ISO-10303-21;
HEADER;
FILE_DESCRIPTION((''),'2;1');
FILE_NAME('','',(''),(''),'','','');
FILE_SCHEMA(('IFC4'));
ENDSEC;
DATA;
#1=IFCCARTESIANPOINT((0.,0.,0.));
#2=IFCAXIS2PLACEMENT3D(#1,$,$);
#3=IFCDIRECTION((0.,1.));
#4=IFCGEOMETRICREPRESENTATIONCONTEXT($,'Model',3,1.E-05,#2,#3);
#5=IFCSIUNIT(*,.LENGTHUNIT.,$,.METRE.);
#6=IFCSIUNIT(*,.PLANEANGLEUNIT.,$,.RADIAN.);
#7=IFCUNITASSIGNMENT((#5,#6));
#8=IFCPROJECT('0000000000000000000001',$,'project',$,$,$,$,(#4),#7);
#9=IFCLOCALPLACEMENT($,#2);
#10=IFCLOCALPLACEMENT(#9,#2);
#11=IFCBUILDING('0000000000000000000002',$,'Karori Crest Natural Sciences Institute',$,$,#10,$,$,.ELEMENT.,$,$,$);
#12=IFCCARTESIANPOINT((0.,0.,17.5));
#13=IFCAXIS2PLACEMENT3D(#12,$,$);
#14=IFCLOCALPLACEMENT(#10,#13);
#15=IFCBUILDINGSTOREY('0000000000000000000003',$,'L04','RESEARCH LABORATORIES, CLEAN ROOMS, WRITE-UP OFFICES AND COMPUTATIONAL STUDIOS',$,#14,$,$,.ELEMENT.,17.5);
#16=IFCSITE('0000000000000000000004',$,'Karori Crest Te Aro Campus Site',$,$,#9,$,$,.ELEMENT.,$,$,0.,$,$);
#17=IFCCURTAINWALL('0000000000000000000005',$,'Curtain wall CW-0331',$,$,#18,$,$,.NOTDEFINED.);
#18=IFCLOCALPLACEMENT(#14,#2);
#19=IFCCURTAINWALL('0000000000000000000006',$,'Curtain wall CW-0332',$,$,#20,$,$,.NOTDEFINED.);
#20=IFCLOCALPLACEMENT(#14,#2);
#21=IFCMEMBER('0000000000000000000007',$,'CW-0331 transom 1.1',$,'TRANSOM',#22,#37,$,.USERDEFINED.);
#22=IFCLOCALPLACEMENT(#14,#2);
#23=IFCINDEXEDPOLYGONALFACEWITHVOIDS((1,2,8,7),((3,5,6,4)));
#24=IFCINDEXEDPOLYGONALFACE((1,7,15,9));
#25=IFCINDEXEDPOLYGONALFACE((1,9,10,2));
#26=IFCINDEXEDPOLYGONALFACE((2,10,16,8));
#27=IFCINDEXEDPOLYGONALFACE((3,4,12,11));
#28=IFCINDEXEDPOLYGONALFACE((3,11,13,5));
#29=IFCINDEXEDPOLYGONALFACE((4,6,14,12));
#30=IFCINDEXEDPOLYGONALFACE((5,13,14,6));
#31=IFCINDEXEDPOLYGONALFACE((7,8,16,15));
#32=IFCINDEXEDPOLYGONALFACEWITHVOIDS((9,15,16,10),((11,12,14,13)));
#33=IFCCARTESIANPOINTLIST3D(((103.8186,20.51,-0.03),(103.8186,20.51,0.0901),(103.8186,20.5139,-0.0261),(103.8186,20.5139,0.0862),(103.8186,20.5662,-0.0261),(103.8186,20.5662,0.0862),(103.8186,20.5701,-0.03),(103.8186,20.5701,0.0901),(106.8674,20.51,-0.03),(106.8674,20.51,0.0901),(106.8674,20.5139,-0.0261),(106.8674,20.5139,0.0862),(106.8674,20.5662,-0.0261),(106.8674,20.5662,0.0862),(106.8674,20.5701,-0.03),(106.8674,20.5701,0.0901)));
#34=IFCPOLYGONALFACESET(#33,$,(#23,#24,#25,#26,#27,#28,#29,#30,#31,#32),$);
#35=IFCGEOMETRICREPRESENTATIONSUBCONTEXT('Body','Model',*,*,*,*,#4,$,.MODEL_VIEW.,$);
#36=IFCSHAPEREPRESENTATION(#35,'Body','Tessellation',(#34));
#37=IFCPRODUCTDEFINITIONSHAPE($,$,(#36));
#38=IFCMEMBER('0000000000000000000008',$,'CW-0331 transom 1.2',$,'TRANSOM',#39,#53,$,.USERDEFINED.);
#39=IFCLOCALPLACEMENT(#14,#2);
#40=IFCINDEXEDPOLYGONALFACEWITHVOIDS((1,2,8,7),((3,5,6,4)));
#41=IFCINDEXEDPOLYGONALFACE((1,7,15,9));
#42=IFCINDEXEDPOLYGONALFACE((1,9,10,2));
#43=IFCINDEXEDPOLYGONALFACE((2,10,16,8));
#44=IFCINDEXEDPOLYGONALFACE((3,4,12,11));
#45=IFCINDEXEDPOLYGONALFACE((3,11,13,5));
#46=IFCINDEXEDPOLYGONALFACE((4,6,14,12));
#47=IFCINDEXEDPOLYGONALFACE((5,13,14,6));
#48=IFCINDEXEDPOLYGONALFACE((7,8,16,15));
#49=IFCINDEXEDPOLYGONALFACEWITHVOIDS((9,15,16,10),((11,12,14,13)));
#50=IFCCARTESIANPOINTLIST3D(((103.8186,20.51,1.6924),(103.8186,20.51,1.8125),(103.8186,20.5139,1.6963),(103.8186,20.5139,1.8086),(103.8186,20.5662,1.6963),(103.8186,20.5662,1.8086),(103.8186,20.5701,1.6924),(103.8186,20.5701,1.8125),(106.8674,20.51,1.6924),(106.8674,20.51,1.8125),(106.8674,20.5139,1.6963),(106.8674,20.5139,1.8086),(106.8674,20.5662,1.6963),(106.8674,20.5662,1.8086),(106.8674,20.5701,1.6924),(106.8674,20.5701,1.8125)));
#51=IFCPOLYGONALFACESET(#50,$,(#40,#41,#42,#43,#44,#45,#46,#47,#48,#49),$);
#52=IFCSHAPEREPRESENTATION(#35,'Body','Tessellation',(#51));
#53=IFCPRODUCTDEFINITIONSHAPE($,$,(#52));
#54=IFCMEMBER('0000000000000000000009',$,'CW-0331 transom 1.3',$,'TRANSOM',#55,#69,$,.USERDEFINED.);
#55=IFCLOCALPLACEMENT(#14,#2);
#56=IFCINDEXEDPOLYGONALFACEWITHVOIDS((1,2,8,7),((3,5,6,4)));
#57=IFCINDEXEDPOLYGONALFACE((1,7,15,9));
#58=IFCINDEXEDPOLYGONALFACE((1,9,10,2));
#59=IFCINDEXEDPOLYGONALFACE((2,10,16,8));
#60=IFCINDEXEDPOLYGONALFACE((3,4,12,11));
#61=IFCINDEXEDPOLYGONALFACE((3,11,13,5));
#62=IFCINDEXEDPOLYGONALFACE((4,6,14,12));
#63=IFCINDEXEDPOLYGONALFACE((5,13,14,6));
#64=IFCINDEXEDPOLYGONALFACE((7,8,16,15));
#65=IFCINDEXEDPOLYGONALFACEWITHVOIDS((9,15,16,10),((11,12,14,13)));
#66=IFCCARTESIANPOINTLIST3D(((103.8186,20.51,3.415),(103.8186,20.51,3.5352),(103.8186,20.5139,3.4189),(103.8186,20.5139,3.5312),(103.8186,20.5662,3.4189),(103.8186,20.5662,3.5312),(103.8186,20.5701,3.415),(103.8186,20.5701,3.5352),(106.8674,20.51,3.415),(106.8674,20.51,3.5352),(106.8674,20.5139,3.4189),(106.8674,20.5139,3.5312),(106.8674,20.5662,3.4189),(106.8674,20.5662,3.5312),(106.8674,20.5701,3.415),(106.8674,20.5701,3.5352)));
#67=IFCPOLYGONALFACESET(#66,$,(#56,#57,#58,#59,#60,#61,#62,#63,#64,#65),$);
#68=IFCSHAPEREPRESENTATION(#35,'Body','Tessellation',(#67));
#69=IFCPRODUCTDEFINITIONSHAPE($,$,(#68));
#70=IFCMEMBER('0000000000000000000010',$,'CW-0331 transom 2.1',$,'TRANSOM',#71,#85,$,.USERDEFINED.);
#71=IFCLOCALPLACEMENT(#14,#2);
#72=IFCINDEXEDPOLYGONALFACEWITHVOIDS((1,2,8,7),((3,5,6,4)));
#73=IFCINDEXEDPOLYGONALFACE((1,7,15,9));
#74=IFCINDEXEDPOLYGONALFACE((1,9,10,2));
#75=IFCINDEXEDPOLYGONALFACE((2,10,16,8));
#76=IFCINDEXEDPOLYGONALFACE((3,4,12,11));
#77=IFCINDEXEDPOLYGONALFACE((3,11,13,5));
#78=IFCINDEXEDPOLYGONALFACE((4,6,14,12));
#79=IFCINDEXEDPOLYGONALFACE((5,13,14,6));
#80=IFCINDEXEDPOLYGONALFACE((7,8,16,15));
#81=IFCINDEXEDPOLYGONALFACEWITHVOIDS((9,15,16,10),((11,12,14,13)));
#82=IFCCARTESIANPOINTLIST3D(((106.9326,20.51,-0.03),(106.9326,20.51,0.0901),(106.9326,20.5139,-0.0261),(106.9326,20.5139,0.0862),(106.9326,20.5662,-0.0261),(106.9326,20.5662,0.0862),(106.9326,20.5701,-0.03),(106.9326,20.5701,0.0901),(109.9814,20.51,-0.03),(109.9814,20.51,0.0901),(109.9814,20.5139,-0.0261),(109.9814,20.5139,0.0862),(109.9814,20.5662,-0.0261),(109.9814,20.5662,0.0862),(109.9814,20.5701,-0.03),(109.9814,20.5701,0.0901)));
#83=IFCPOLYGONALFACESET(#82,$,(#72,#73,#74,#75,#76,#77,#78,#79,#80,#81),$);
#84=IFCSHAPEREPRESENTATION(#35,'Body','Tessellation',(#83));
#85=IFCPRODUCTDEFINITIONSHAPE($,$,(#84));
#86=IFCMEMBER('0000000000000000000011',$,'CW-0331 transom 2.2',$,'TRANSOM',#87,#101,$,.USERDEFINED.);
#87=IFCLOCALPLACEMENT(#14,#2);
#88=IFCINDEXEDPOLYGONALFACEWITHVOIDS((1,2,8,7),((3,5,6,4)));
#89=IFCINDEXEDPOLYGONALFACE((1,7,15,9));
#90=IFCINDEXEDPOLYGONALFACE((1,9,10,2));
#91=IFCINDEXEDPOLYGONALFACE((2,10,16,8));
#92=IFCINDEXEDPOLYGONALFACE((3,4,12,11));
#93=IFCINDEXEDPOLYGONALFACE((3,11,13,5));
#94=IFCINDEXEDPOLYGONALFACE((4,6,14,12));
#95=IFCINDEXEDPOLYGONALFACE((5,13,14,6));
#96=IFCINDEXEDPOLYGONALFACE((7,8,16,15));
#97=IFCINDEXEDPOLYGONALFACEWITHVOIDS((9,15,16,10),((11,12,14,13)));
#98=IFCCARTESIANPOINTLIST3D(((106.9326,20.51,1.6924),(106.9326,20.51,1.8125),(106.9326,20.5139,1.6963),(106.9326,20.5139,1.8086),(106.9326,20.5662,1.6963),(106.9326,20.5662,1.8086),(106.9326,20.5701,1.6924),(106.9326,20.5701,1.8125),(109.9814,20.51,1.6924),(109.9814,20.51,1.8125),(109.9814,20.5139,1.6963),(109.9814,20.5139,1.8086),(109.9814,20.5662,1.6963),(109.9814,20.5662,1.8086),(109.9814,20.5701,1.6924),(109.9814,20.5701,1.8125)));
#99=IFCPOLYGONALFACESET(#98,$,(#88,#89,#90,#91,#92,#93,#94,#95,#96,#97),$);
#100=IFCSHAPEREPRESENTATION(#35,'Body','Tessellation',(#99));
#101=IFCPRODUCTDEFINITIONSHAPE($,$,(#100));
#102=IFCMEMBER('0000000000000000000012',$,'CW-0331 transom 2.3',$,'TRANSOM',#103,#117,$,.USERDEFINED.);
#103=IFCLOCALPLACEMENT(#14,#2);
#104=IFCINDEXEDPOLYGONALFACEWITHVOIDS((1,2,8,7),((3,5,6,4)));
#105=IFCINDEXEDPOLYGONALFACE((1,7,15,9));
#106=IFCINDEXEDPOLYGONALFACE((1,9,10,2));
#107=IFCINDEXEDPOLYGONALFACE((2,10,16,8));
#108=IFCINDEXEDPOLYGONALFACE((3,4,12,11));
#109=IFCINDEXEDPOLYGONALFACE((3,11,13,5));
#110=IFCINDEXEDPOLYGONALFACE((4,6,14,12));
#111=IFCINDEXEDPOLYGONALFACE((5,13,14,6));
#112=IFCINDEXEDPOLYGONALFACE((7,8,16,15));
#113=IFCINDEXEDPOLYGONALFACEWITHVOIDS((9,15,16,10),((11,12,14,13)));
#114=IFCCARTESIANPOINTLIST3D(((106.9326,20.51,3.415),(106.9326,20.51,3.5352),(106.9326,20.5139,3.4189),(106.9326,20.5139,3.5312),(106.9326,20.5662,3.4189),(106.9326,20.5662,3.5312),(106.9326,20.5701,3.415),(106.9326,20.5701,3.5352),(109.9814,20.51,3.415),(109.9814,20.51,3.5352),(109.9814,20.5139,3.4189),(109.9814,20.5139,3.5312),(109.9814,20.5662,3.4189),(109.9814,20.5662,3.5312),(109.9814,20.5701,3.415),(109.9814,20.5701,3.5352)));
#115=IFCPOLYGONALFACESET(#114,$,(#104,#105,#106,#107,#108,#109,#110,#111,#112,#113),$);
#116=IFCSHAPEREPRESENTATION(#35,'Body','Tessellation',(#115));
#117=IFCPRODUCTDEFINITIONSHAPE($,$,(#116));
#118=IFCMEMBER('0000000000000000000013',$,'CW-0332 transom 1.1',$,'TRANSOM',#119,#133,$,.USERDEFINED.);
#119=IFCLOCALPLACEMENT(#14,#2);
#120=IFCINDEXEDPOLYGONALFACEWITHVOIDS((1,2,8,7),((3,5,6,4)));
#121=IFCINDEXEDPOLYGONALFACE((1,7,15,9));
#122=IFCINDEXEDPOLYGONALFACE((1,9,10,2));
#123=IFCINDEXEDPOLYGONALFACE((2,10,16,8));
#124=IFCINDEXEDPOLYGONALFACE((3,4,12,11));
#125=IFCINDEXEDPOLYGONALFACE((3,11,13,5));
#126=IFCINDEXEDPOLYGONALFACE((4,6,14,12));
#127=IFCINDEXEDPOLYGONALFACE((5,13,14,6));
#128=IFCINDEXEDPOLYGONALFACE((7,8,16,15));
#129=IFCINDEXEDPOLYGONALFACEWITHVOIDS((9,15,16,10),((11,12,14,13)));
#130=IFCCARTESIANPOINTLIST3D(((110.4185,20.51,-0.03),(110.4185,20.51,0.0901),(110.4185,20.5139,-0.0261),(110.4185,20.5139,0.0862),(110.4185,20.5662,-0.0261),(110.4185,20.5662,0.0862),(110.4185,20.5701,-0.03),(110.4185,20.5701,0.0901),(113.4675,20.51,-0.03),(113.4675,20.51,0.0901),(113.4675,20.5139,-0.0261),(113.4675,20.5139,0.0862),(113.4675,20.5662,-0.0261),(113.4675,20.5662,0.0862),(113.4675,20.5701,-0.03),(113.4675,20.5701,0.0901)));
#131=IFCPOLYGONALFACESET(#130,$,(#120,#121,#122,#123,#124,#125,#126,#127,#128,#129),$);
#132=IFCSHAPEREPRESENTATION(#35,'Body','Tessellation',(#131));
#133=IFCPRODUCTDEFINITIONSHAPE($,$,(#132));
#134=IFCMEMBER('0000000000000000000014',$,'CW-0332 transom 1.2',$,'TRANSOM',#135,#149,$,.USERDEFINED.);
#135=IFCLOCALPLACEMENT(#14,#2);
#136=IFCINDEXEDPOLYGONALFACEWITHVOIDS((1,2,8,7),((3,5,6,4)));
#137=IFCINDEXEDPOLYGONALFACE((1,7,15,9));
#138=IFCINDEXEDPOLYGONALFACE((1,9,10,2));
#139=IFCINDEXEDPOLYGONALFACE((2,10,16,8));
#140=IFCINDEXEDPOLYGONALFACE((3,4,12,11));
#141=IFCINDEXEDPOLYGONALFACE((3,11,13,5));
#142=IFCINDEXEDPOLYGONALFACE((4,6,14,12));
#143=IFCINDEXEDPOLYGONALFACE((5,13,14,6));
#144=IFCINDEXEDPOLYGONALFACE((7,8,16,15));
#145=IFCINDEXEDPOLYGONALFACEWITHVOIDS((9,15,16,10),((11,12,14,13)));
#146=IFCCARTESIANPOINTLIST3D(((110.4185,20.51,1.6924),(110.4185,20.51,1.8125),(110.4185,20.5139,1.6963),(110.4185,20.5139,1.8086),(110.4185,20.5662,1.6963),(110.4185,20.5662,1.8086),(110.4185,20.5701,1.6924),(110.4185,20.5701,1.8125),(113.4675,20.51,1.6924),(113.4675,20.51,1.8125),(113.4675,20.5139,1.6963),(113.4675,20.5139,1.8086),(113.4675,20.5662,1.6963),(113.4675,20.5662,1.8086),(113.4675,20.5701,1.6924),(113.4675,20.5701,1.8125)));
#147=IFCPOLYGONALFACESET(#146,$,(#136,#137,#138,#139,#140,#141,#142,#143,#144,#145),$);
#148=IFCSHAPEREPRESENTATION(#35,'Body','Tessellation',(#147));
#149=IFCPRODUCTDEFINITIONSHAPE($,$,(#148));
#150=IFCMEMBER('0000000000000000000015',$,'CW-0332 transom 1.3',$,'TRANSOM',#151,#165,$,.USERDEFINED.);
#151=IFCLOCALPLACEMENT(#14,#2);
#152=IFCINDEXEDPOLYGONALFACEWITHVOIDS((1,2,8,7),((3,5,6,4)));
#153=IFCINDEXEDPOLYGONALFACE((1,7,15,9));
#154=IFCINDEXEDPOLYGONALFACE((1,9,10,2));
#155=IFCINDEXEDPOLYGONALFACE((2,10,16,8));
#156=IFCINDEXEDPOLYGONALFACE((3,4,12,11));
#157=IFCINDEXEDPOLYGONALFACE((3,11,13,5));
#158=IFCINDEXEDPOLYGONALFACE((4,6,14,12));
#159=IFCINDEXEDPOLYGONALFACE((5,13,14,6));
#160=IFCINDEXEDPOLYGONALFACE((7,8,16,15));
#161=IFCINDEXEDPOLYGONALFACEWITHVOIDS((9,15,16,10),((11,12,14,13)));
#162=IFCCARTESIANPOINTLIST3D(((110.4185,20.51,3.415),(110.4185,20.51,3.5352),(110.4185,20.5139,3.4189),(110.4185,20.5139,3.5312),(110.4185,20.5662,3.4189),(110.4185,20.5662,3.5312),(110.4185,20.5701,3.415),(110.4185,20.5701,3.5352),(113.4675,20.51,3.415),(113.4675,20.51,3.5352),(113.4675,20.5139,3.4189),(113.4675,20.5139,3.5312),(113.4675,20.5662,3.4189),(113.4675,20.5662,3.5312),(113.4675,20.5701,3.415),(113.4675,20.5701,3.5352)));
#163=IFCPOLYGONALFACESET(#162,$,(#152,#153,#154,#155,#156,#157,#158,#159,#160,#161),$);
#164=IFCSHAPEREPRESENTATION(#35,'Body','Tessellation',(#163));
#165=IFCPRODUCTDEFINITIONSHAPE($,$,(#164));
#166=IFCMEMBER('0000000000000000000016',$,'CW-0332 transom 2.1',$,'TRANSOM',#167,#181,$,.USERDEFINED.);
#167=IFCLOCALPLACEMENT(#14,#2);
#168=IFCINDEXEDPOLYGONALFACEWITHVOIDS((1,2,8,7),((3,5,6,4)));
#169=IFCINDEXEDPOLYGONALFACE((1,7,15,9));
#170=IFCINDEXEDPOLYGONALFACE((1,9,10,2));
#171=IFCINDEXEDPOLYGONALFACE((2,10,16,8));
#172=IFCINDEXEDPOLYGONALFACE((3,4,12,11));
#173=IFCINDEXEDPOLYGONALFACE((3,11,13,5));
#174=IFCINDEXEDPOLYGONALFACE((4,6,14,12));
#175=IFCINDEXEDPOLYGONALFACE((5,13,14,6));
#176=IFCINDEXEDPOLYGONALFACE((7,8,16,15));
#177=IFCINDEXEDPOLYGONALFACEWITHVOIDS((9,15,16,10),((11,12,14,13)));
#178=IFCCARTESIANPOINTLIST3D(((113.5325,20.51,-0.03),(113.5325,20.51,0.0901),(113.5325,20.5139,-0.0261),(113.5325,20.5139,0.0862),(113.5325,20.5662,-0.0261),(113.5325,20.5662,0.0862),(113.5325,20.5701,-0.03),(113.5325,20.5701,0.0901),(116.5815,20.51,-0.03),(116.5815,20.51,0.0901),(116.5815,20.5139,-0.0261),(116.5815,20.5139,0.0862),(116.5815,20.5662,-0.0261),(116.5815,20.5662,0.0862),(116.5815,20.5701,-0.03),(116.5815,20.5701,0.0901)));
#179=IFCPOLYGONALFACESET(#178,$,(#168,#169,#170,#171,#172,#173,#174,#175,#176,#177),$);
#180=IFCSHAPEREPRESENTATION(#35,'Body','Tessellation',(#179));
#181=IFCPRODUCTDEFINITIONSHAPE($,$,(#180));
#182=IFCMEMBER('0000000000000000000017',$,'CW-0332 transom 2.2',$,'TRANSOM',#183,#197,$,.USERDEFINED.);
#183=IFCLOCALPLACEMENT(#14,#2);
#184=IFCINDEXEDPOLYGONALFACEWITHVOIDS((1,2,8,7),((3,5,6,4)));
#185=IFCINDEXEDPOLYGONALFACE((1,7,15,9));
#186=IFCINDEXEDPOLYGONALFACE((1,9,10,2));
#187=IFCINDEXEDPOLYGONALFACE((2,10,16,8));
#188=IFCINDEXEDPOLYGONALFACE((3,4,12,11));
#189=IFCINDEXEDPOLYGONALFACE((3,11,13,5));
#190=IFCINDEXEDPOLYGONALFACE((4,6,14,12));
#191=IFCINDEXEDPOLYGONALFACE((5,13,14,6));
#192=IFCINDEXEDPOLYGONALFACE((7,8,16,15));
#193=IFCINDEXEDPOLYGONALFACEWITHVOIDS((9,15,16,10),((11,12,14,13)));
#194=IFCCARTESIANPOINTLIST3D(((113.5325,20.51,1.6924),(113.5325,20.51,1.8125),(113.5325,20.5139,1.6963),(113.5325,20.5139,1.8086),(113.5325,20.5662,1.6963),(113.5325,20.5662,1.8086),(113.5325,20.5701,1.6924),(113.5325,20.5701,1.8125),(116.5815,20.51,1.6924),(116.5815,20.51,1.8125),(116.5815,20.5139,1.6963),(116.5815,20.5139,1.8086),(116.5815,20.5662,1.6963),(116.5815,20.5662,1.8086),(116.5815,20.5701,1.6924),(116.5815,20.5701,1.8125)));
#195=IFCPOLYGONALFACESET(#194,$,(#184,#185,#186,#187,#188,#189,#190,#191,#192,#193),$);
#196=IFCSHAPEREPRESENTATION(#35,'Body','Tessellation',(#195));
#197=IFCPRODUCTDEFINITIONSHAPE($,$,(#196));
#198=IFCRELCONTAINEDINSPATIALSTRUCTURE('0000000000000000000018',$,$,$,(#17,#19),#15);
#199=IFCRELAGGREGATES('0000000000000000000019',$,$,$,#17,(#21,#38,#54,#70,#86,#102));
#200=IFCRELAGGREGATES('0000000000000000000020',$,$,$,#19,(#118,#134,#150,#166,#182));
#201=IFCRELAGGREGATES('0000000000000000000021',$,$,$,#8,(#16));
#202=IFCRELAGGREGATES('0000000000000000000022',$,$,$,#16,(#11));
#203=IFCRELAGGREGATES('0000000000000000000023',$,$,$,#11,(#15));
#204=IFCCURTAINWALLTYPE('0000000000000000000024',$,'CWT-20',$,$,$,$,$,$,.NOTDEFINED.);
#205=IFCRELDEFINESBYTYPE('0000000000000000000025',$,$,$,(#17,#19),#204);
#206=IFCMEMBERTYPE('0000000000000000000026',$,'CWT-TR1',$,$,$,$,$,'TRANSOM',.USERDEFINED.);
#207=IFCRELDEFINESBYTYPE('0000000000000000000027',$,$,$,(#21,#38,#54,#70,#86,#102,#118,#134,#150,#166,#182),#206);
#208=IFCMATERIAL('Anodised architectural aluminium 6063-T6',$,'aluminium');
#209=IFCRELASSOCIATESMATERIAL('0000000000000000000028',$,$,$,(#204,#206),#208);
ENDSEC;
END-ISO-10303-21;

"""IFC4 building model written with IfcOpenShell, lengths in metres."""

from ifc_helpers import new_model, si_unit, direction, frame, origin, origin_2d, place, context, subcontext, project, spatial, hollow_rectangle, extrude, material, material_profile, profile_set, type_object, element, aggregate, save


model = new_model("IFC4")

# Units and contexts
model_context = context("Model", 3, precision=1e-05, world=origin(), true_north=direction((0.0, 1.0)))
body_context = subcontext(model_context, "Body", "Model", "MODEL_VIEW")
ifc_project = project(units=[si_unit("LENGTHUNIT", "METRE"), si_unit("PLANEANGLEUNIT", "RADIAN")], contexts=[model_context])

# Site, building, storey
site_placement = place(None, origin())
site = spatial("IfcSite", under=ifc_project, at=site_placement, Name="Karori Crest Te Aro Campus Site", CompositionType="ELEMENT", RefElevation=0.0)
building_placement = place(site_placement, origin())
building = spatial("IfcBuilding", under=site, at=building_placement, Name="Karori Crest Natural Sciences Institute", CompositionType="ELEMENT")
storey_placement = place(building_placement, frame((0.0, 0.0, 17.5)))
storey = spatial("IfcBuildingStorey", under=building, at=storey_placement, Name="L04", Description="RESEARCH LABORATORIES, CLEAN ROOMS, WRITE-UP OFFICES AND COMPUTATIONAL STUDIOS", CompositionType="ELEMENT", Elevation=17.5)

# Curtain walls
ifc_material_1 = material(Name="Anodised architectural aluminium 6063-T6", Category="aluminium")
curtain_wall_type = type_object("IfcCurtainWallType", Name="CWT-20", PredefinedType="NOTDEFINED", material=ifc_material_1)
curtain_wall_1_placement = place(storey_placement, origin())
curtain_wall_1 = element("IfcCurtainWall", 1, at=curtain_wall_1_placement, inside=storey, type_object=curtain_wall_type, Name="Curtain wall CW-0331", PredefinedType="NOTDEFINED")
curtain_wall_2_placement = place(storey_placement, origin())
curtain_wall_2 = element("IfcCurtainWall", 2, at=curtain_wall_2_placement, inside=storey, type_object=curtain_wall_type, Name="Curtain wall CW-0332", PredefinedType="NOTDEFINED")

# Members
ifc_material_profile_1 = material_profile(ifc_material_1, hollow_rectangle(XDim=0.0601, YDim=0.1201, WallThickness=0.0039, at=origin_2d()), Name="CWT120x60x4")
ifc_profile_set_1 = profile_set([ifc_material_profile_1], Name="Anodised architectural aluminium 6063-T6")
member_type_1 = type_object("IfcMemberType", Name="CWT-TR1", ElementType="TRANSOM", PredefinedType="USERDEFINED", material=ifc_profile_set_1)
member_1_placement = place(storey_placement, frame((103.8186, 20.54, 0.03), z_axis=(1.0, 0.0, 0.0), x_axis=(0.0, 1.0, 0.0)))
member_1 = element("IfcMember", 3, at=member_1_placement, type_object=member_type_1, Name="CW-0331 transom 1.1", ObjectType="TRANSOM", PredefinedType="USERDEFINED", context=body_context, shape_type="SweptSolid", body=[
    extrude(hollow_rectangle(XDim=0.0601, YDim=0.1201, WallThickness=0.0039, at=origin_2d()), origin(), (0.0, 0.0, 1.0), 3.0488),
])
member_2_placement = place(storey_placement, frame((103.8186, 20.54, 1.7524), z_axis=(1.0, 0.0, 0.0), x_axis=(0.0, 1.0, 0.0)))
member_2 = element("IfcMember", 4, at=member_2_placement, type_object=member_type_1, Name="CW-0331 transom 1.2", ObjectType="TRANSOM", PredefinedType="USERDEFINED", context=body_context, shape_type="SweptSolid", body=[
    extrude(hollow_rectangle(XDim=0.0601, YDim=0.1201, WallThickness=0.0039, at=origin_2d()), origin(), (0.0, 0.0, 1.0), 3.0488),
])
member_3_placement = place(storey_placement, frame((103.8186, 20.54, 3.4751), z_axis=(1.0, 0.0, 0.0), x_axis=(0.0, 1.0, 0.0)))
member_3 = element("IfcMember", 5, at=member_3_placement, type_object=member_type_1, Name="CW-0331 transom 1.3", ObjectType="TRANSOM", PredefinedType="USERDEFINED", context=body_context, shape_type="SweptSolid", body=[
    extrude(hollow_rectangle(XDim=0.0601, YDim=0.1201, WallThickness=0.0039, at=origin_2d()), origin(), (0.0, 0.0, 1.0), 3.0488),
])
member_4_placement = place(storey_placement, frame((106.9326, 20.54, 0.03), z_axis=(1.0, 0.0, 0.0), x_axis=(0.0, 1.0, 0.0)))
member_4 = element("IfcMember", 6, at=member_4_placement, type_object=member_type_1, Name="CW-0331 transom 2.1", ObjectType="TRANSOM", PredefinedType="USERDEFINED", context=body_context, shape_type="SweptSolid", body=[
    extrude(hollow_rectangle(XDim=0.0601, YDim=0.1201, WallThickness=0.0039, at=origin_2d()), origin(), (0.0, 0.0, 1.0), 3.0488),
])
member_5_placement = place(storey_placement, frame((106.9326, 20.54, 1.7524), z_axis=(1.0, 0.0, 0.0), x_axis=(0.0, 1.0, 0.0)))
member_5 = element("IfcMember", 7, at=member_5_placement, type_object=member_type_1, Name="CW-0331 transom 2.2", ObjectType="TRANSOM", PredefinedType="USERDEFINED", context=body_context, shape_type="SweptSolid", body=[
    extrude(hollow_rectangle(XDim=0.0601, YDim=0.1201, WallThickness=0.0039, at=origin_2d()), origin(), (0.0, 0.0, 1.0), 3.0488),
])
member_6_placement = place(storey_placement, frame((106.9326, 20.54, 3.4751), z_axis=(1.0, 0.0, 0.0), x_axis=(0.0, 1.0, 0.0)))
member_6 = element("IfcMember", 8, at=member_6_placement, type_object=member_type_1, Name="CW-0331 transom 2.3", ObjectType="TRANSOM", PredefinedType="USERDEFINED", context=body_context, shape_type="SweptSolid", body=[
    extrude(hollow_rectangle(XDim=0.0601, YDim=0.1201, WallThickness=0.0039, at=origin_2d()), origin(), (0.0, 0.0, 1.0), 3.0488),
])
member_7_placement = place(storey_placement, frame((110.4185, 20.54, 0.03), z_axis=(1.0, 0.0, 0.0), x_axis=(0.0, 1.0, 0.0)))
member_7 = element("IfcMember", 9, at=member_7_placement, type_object=member_type_1, Name="CW-0332 transom 1.1", ObjectType="TRANSOM", PredefinedType="USERDEFINED", context=body_context, shape_type="SweptSolid", body=[
    extrude(hollow_rectangle(XDim=0.0601, YDim=0.1201, WallThickness=0.0039, at=origin_2d()), origin(), (0.0, 0.0, 1.0), 3.0491),
])
member_8_placement = place(storey_placement, frame((110.4185, 20.54, 1.7524), z_axis=(1.0, 0.0, 0.0), x_axis=(0.0, 1.0, 0.0)))
member_8 = element("IfcMember", 10, at=member_8_placement, type_object=member_type_1, Name="CW-0332 transom 1.2", ObjectType="TRANSOM", PredefinedType="USERDEFINED", context=body_context, shape_type="SweptSolid", body=[
    extrude(hollow_rectangle(XDim=0.0601, YDim=0.1201, WallThickness=0.0039, at=origin_2d()), origin(), (0.0, 0.0, 1.0), 3.0491),
])
member_9_placement = place(storey_placement, frame((110.4185, 20.54, 3.4751), z_axis=(1.0, 0.0, 0.0), x_axis=(0.0, 1.0, 0.0)))
member_9 = element("IfcMember", 11, at=member_9_placement, type_object=member_type_1, Name="CW-0332 transom 1.3", ObjectType="TRANSOM", PredefinedType="USERDEFINED", context=body_context, shape_type="SweptSolid", body=[
    extrude(hollow_rectangle(XDim=0.0601, YDim=0.1201, WallThickness=0.0039, at=origin_2d()), origin(), (0.0, 0.0, 1.0), 3.0491),
])
member_10_placement = place(storey_placement, frame((113.5325, 20.54, 0.03), z_axis=(1.0, 0.0, 0.0), x_axis=(0.0, 1.0, 0.0)))
member_10 = element("IfcMember", 12, at=member_10_placement, type_object=member_type_1, Name="CW-0332 transom 2.1", ObjectType="TRANSOM", PredefinedType="USERDEFINED", context=body_context, shape_type="SweptSolid", body=[
    extrude(hollow_rectangle(XDim=0.0601, YDim=0.1201, WallThickness=0.0039, at=origin_2d()), origin(), (0.0, 0.0, 1.0), 3.0491),
])
member_11_placement = place(storey_placement, frame((113.5325, 20.54, 1.7524), z_axis=(1.0, 0.0, 0.0), x_axis=(0.0, 1.0, 0.0)))
member_11 = element("IfcMember", 13, at=member_11_placement, type_object=member_type_1, Name="CW-0332 transom 2.2", ObjectType="TRANSOM", PredefinedType="USERDEFINED", context=body_context, shape_type="SweptSolid", body=[
    extrude(hollow_rectangle(XDim=0.0601, YDim=0.1201, WallThickness=0.0039, at=origin_2d()), origin(), (0.0, 0.0, 1.0), 3.0491),
])

aggregate(curtain_wall_1, [member_1, member_2, member_3, member_4, member_5, member_6])
aggregate(curtain_wall_2, [member_7, member_8, member_9, member_10, member_11])

save(model, "model.ifc")
